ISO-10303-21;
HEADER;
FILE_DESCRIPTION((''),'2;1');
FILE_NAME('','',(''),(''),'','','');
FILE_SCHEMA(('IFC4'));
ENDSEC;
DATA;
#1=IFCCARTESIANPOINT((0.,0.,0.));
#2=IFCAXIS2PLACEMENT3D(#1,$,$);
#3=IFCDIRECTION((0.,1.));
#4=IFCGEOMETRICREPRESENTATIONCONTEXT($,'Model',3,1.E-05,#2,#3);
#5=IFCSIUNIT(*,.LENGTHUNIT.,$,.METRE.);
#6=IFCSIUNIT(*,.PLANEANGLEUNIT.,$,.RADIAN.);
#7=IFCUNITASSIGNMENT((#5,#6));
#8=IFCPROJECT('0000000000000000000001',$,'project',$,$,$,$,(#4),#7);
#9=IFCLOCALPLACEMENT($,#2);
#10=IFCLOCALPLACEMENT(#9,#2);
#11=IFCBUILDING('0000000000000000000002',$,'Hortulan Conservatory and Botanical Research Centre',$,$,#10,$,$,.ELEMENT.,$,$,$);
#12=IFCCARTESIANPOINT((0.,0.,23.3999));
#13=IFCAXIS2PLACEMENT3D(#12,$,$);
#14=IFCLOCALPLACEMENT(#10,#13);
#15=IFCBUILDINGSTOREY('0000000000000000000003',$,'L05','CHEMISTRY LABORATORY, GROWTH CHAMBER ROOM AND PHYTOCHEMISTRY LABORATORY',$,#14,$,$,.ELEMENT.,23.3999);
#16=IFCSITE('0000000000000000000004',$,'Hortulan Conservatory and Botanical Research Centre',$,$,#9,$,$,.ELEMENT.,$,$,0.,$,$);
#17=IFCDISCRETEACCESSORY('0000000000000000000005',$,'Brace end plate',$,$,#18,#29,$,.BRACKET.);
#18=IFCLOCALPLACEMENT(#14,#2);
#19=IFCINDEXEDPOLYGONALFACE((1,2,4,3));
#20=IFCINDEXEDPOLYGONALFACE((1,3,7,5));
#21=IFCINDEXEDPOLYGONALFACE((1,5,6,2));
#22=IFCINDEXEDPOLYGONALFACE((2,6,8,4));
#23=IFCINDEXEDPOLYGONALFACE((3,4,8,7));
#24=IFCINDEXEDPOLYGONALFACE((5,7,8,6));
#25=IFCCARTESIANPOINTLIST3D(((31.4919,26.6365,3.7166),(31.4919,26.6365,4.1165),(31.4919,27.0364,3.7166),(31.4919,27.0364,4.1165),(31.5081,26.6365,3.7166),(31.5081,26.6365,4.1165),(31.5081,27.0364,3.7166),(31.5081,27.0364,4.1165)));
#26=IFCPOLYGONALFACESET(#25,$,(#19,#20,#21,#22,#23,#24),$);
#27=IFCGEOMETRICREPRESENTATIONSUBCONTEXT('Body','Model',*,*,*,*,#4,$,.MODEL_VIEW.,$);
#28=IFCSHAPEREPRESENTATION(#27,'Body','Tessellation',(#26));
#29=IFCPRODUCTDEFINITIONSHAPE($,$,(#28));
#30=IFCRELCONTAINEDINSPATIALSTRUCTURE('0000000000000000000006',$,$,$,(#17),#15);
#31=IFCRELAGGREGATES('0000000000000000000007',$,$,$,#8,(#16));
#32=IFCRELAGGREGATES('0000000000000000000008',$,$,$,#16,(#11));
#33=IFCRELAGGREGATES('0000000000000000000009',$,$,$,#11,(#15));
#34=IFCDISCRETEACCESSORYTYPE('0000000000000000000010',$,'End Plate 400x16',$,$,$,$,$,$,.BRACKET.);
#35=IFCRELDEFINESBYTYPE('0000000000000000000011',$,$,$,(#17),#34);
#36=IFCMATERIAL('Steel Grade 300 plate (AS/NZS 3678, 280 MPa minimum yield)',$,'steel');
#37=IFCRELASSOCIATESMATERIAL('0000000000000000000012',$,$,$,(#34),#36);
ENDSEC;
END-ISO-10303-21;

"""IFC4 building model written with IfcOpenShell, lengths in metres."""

from ifc_helpers import new_model, si_unit, direction, frame, origin, origin_2d, place, context, subcontext, project, spatial, rectangle, extrude, material, type_object, element, save


model = new_model("IFC4")

# Units and contexts
model_context = context("Model", 3, precision=1e-05, world=origin(), true_north=direction((0.0, 1.0)))
body_context = subcontext(model_context, "Body", "Model", "MODEL_VIEW")
ifc_project = project(units=[si_unit("LENGTHUNIT", "METRE"), si_unit("PLANEANGLEUNIT", "RADIAN")], contexts=[model_context])

# Site, building, storey
site_placement = place(None, origin())
site = spatial("IfcSite", under=ifc_project, at=site_placement, Name="Hortulan Conservatory and Botanical Research Centre", CompositionType="ELEMENT", RefElevation=0.0)
building_placement = place(site_placement, origin())
building = spatial("IfcBuilding", under=site, at=building_placement, Name="Hortulan Conservatory and Botanical Research Centre", CompositionType="ELEMENT")
storey_placement = place(building_placement, frame((0.0, 0.0, 23.3999)))
storey = spatial("IfcBuildingStorey", under=building, at=storey_placement, Name="L05", Description="CHEMISTRY LABORATORY, GROWTH CHAMBER ROOM AND PHYTOCHEMISTRY LABORATORY", CompositionType="ELEMENT", Elevation=23.3999)

# Discrete accessory
ifc_material_1 = material(Name="Steel Grade 300 plate (AS/NZS 3678, 280 MPa minimum yield)", Category="steel")
discrete_accessory_type_1 = type_object("IfcDiscreteAccessoryType", Name="End Plate 400x16", PredefinedType="BRACKET", material=ifc_material_1)
discrete_accessory_1_placement = place(storey_placement, frame((31.5, 26.8364, 3.7166), z_axis=(0.0, 0.0, 1.0), x_axis=(0.0, -1.0, 0.0)))
element("IfcDiscreteAccessory", 1, at=discrete_accessory_1_placement, inside=storey, type_object=discrete_accessory_type_1, Name="Brace end plate", PredefinedType="BRACKET", context=body_context, shape_type="SweptSolid", body=[
    extrude(rectangle(XDim=0.3999, YDim=0.0161, at=origin_2d()), origin(), (0.0, 0.0, 1.0), 0.3999),
])

save(model, "model.ifc")
